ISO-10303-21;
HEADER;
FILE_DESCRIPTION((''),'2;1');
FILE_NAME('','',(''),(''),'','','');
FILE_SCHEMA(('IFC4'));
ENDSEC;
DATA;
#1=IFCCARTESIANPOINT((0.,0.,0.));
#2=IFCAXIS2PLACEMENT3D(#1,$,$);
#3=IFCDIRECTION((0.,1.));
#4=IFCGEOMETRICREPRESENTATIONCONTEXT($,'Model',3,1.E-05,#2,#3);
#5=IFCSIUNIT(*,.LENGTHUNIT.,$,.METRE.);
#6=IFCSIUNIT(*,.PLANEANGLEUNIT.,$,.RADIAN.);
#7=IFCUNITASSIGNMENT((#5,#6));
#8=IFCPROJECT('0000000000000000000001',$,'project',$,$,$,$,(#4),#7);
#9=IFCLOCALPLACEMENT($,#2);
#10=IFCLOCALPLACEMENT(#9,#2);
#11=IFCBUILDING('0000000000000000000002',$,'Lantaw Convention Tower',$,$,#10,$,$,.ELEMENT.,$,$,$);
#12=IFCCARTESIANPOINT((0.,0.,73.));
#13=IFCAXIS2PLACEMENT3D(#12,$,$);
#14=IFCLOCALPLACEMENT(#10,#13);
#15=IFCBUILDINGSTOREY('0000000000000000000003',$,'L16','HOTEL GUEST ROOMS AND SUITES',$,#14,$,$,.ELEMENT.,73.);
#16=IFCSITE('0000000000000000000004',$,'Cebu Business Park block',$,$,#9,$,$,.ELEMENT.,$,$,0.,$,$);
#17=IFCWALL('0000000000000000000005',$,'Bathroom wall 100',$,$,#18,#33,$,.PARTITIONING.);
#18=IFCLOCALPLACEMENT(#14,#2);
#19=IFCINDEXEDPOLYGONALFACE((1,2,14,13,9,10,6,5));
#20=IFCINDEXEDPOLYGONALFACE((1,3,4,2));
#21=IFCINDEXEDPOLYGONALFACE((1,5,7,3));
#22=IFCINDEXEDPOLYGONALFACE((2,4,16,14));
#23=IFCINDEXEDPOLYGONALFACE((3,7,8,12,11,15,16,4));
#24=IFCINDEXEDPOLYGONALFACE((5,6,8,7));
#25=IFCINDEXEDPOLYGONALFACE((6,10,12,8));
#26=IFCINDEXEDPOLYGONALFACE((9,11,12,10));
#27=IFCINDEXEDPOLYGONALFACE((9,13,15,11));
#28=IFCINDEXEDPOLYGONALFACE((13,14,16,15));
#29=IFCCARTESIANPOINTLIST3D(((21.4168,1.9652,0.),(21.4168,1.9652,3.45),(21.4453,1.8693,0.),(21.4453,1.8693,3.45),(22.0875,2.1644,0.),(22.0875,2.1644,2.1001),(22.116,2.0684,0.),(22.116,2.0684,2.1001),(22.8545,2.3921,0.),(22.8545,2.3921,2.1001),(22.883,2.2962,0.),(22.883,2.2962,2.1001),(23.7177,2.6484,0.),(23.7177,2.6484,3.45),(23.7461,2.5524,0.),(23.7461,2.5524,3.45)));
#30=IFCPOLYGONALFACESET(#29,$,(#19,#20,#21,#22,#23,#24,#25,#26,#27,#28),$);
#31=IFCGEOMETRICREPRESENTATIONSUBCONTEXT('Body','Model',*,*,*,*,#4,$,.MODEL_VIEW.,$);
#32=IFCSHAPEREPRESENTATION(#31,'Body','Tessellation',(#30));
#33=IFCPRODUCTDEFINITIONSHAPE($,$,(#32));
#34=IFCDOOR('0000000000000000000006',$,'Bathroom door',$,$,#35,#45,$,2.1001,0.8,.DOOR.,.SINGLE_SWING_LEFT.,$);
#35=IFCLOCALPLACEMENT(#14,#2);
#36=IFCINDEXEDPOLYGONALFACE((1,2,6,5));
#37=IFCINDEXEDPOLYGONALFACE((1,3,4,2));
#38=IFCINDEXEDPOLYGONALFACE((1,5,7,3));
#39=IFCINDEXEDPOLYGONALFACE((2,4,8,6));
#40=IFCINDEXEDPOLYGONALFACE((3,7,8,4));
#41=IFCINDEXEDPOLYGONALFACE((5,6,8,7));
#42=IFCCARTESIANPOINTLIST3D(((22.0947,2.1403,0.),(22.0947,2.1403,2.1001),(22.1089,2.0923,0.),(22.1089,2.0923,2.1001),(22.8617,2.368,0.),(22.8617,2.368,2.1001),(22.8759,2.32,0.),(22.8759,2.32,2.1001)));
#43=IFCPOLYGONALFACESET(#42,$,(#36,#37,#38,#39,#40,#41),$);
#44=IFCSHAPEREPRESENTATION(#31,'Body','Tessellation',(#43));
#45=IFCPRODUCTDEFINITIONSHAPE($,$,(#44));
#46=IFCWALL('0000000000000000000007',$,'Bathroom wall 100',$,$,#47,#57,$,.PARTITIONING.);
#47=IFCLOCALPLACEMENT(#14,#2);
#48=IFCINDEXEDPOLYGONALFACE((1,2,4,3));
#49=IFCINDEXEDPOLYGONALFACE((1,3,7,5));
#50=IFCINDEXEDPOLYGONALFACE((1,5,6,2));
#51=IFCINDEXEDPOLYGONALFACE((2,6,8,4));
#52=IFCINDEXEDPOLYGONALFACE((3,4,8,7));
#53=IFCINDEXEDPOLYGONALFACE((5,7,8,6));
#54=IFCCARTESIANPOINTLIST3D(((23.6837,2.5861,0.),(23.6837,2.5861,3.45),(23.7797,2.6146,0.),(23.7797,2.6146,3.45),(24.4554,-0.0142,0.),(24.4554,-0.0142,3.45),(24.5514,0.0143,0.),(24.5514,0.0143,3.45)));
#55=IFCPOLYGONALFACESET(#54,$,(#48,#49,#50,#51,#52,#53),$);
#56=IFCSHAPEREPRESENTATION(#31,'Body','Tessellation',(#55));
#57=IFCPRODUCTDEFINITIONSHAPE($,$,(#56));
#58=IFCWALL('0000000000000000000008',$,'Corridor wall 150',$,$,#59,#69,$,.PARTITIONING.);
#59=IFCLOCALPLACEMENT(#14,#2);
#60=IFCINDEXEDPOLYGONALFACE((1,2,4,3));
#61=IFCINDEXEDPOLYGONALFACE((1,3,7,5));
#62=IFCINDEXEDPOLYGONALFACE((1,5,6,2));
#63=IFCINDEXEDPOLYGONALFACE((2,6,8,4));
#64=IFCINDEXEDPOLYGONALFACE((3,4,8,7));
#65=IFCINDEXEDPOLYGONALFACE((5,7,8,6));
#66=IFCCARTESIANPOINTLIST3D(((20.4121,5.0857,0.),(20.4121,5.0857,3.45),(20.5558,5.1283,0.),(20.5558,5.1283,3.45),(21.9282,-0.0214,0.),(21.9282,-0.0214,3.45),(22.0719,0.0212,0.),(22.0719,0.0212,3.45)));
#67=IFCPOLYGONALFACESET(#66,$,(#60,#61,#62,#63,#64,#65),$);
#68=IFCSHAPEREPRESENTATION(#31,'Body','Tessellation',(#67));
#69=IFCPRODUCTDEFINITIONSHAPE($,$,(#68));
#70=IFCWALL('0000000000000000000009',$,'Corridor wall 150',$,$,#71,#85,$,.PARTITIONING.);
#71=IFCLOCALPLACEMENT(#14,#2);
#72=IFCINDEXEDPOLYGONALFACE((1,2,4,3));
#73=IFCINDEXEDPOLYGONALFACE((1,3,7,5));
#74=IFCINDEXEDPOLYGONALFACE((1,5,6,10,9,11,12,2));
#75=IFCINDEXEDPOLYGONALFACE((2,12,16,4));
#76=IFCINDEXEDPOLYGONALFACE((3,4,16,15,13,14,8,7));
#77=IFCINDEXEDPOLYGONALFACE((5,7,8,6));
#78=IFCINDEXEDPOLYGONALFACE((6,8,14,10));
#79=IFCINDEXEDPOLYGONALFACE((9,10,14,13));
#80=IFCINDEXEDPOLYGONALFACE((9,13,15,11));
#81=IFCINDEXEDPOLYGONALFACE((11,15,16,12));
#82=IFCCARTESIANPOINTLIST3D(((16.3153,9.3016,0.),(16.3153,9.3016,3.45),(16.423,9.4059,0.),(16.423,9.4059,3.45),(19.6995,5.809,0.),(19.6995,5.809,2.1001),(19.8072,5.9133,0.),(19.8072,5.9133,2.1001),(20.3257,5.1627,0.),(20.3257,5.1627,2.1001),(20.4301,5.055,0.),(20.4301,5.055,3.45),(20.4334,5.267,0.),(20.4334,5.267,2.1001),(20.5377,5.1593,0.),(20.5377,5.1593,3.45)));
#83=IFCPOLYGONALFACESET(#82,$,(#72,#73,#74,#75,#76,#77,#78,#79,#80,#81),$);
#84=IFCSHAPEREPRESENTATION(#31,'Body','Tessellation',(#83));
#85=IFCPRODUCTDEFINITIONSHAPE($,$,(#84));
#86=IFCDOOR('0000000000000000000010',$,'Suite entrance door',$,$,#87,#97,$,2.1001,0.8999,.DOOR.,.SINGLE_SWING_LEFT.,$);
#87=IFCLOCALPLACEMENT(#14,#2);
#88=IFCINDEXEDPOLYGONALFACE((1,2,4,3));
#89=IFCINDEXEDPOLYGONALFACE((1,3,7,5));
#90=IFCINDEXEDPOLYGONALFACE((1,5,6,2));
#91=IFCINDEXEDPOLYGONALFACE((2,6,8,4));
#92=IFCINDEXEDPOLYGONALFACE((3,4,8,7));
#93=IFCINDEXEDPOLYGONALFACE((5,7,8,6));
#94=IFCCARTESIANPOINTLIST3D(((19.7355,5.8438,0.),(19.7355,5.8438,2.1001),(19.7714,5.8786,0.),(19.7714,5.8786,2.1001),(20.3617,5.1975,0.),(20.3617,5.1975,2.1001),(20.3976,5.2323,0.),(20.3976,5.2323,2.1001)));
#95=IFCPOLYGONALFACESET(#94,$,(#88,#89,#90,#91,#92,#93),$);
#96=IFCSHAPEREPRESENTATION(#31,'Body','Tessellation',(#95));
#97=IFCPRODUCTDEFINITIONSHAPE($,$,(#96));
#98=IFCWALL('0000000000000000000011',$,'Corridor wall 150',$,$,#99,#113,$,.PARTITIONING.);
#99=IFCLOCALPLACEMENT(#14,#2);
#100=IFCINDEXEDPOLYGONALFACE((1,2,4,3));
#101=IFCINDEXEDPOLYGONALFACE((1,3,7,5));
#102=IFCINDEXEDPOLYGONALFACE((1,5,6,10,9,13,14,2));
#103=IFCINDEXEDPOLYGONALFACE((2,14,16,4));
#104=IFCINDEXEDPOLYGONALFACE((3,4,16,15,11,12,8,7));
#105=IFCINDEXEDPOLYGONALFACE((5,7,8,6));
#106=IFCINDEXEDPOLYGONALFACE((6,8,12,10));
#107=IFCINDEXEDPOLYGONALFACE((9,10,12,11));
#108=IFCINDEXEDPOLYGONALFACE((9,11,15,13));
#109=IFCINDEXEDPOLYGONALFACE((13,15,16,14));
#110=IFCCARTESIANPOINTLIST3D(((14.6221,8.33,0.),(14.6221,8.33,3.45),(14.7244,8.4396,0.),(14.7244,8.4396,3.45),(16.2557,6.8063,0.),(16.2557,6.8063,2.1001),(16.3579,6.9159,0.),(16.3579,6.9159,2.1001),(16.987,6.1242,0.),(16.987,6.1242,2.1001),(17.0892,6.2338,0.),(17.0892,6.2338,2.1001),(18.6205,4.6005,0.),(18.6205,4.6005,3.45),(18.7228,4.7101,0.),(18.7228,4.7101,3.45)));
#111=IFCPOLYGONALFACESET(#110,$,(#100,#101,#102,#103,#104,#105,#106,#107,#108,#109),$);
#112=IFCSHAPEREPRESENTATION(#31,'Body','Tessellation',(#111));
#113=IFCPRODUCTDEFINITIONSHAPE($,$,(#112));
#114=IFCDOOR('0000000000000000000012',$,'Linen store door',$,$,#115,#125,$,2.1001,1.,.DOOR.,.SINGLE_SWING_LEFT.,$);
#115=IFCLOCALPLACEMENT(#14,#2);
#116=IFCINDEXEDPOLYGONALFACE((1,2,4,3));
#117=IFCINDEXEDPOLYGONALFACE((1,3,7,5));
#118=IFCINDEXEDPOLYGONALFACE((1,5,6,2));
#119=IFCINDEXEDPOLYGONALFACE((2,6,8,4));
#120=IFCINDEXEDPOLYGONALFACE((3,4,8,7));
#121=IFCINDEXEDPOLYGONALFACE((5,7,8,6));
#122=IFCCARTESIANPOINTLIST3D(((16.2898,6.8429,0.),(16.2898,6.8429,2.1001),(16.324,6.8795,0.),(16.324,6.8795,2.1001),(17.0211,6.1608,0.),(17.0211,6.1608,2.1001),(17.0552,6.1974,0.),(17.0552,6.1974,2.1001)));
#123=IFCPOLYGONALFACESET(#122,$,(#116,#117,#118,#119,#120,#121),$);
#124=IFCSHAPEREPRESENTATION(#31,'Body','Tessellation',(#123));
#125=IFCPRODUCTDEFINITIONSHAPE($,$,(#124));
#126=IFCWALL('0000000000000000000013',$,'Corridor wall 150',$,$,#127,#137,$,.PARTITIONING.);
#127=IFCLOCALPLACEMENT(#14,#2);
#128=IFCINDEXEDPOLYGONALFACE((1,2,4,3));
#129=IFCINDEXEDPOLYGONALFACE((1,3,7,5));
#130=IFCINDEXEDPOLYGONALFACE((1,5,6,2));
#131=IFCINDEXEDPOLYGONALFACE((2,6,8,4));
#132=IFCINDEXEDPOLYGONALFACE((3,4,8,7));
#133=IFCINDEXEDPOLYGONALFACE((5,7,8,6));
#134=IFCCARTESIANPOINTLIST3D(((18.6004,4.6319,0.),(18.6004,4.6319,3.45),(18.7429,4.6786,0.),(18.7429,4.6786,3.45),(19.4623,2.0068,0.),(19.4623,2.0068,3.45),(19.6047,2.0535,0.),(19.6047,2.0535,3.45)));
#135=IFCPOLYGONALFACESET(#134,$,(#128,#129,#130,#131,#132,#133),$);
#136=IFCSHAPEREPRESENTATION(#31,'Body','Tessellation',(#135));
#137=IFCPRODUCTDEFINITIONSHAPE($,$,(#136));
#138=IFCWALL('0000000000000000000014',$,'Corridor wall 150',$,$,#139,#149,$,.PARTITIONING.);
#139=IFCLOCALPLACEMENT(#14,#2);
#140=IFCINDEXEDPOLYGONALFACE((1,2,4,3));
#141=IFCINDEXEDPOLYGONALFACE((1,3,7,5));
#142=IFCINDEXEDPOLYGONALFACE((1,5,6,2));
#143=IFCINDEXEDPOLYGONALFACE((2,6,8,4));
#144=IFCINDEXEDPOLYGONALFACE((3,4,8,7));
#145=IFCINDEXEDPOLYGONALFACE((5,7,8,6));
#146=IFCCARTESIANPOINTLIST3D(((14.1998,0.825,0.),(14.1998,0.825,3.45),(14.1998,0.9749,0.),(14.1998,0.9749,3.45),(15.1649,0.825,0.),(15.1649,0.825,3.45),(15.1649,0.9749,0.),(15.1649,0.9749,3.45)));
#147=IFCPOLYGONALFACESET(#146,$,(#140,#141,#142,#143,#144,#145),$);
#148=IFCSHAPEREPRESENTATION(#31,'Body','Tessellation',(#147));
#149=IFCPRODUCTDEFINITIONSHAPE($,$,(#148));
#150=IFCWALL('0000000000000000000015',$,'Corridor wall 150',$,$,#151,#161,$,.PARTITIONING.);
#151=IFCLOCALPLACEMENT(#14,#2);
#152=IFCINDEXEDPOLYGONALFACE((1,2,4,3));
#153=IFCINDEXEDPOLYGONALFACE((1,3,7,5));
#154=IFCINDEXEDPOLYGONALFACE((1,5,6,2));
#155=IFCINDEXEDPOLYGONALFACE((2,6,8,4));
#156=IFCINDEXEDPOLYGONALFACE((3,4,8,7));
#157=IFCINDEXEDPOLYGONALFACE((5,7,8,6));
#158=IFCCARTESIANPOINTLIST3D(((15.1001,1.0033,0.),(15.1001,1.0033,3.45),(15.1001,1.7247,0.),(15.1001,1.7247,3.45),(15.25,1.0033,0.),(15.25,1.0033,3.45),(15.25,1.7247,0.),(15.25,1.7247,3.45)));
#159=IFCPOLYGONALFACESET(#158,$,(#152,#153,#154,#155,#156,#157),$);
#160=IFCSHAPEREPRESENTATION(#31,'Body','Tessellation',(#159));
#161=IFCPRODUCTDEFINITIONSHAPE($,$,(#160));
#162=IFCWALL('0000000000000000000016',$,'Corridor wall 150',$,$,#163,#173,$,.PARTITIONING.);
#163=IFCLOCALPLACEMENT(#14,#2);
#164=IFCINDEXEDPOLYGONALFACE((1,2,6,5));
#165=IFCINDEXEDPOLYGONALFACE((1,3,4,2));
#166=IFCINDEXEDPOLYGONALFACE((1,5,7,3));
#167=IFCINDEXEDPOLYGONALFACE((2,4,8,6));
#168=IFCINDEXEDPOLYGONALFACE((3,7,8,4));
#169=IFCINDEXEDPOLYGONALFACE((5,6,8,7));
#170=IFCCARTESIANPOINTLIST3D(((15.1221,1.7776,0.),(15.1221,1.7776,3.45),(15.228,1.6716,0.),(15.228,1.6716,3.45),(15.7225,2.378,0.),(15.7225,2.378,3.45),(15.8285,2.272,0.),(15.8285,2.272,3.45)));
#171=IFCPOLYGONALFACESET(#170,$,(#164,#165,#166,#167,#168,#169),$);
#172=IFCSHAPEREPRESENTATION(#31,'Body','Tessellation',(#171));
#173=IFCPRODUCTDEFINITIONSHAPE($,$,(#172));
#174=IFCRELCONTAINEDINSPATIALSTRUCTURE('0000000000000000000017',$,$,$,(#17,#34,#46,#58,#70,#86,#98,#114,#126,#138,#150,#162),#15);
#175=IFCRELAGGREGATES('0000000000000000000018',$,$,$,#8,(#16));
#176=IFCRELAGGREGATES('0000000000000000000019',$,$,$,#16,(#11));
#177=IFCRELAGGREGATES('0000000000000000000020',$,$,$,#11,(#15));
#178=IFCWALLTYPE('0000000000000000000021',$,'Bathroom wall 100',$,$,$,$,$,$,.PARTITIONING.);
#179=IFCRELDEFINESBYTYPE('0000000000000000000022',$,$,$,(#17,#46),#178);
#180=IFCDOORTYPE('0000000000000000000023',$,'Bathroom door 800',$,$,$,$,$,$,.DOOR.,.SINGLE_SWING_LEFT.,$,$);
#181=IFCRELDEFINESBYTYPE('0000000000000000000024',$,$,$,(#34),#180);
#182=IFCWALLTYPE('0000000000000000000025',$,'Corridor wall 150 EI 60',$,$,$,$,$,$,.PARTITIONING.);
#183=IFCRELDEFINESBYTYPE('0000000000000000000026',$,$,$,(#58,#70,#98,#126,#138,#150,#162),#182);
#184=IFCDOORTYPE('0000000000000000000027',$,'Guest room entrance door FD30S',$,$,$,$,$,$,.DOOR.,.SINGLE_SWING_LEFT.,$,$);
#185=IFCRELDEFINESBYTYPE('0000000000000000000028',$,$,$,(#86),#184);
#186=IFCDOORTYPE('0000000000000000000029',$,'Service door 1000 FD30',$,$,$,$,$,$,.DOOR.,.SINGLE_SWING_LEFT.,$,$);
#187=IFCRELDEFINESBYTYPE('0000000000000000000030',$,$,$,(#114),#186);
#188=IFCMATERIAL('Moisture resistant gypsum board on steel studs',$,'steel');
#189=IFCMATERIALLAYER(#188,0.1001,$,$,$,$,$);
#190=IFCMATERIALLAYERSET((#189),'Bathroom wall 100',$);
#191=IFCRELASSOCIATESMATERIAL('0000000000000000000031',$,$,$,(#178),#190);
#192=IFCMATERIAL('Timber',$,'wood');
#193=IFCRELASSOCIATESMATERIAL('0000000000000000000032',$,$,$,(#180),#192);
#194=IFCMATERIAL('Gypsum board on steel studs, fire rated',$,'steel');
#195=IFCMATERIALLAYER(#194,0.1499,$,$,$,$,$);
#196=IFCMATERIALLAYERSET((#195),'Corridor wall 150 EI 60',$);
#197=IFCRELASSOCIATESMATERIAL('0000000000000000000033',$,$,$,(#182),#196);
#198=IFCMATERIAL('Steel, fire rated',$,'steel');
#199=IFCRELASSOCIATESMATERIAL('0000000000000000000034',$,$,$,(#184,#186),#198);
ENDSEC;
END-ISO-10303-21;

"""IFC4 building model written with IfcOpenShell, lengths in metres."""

from ifc_helpers import new_model, si_unit, direction, frame, frame_2d, origin, place, context, subcontext, project, spatial, rectangle, extrude, material, layer, layer_set, type_object, element, fill, save


model = new_model("IFC4")

# Units and contexts
model_context = context("Model", 3, precision=1e-05, world=origin(), true_north=direction((0.0, 1.0)))
body_context = subcontext(model_context, "Body", "Model", "MODEL_VIEW")
ifc_project = project(units=[si_unit("LENGTHUNIT", "METRE"), si_unit("PLANEANGLEUNIT", "RADIAN")], contexts=[model_context])

# Site, building, storey
site_placement = place(None, origin())
site = spatial("IfcSite", under=ifc_project, at=site_placement, Name="Cebu Business Park block", CompositionType="ELEMENT", RefElevation=0.0)
building_placement = place(site_placement, origin())
building = spatial("IfcBuilding", under=site, at=building_placement, Name="Lantaw Convention Tower", CompositionType="ELEMENT")
storey_placement = place(building_placement, frame((0.0, 0.0, 73.0)))
storey = spatial("IfcBuildingStorey", under=building, at=storey_placement, Name="L16", Description="HOTEL GUEST ROOMS AND SUITES", CompositionType="ELEMENT", Elevation=73.0)

# Wall, opening, door
ifc_material_1 = material(Name="Moisture resistant gypsum board on steel studs", Category="steel")
ifc_layer_1 = layer(ifc_material_1, 0.1001)
ifc_layer_set_1 = layer_set([ifc_layer_1], Name="Bathroom wall 100")
wall_type_1 = type_object("IfcWallType", Name="Bathroom wall 100", PredefinedType="PARTITIONING", material=ifc_layer_set_1)
wall_1_placement = place(storey_placement, frame((21.4309, 1.9172, 0.0), z_axis=(0.0, 0.0, 1.0), x_axis=(0.95864, 0.284622, 0.0)))
wall_1 = element("IfcWall", 1, at=wall_1_placement, inside=storey, type_object=wall_type_1, Name="Bathroom wall 100", PredefinedType="PARTITIONING", context=body_context, shape_type="SweptSolid", body=[
    extrude(rectangle(XDim=2.4001, YDim=0.1001, at=frame_2d((1.2002, 0.0))), origin(), (0.0, 0.0, 1.0), 3.45),
])
opening_1_placement = place(wall_1_placement, frame((0.7, 0.0, 0.0)))
opening_1 = element("IfcOpeningElement", 2, at=opening_1_placement, cuts=wall_1, PredefinedType="OPENING", context=body_context, shape_type="SweptSolid", body=[
    extrude(rectangle(XDim=0.8, YDim=2.1001, at=frame_2d((0.3999, 1.05))), frame((0.0, 0.0601, 0.0), z_axis=(0.0, -1.0, 0.0), x_axis=(1.0, 0.0, 0.0)), (0.0, 0.0, 1.0), 0.1201),
])
ifc_material_2 = material(Name="Timber", Category="wood")
door_type_1 = type_object("IfcDoorType", Name="Bathroom door 800", OperationType="SINGLE_SWING_LEFT", PredefinedType="DOOR", material=ifc_material_2)
door_1_placement = place(opening_1_placement, origin())
door_1 = element("IfcDoor", 3, at=door_1_placement, inside=storey, type_object=door_type_1, Name="Bathroom door", OperationType="SINGLE_SWING_LEFT", OverallHeight=2.1001, OverallWidth=0.8, PredefinedType="DOOR", context=body_context, shape_type="SweptSolid", body=[
    extrude(rectangle(XDim=0.8, YDim=2.1001, at=frame_2d((0.3999, 1.05))), frame((0.0, 0.0249, 0.0), z_axis=(0.0, -1.0, 0.0), x_axis=(1.0, 0.0, 0.0)), (0.0, 0.0, 1.0), 0.05),
])
fill(opening_1, door_1)

# Walls
wall_2_placement = place(storey_placement, frame((23.7317, 2.6003, 0.0), z_axis=(0.0, 0.0, 1.0), x_axis=(0.284514, -0.958672, 0.0)))
element("IfcWall", 4, at=wall_2_placement, inside=storey, type_object=wall_type_1, Name="Bathroom wall 100", PredefinedType="PARTITIONING", context=body_context, shape_type="SweptSolid", body=[
    extrude(rectangle(XDim=2.7124, YDim=0.1001, at=frame_2d((1.3562, 0.0))), origin(), (0.0, 0.0, 1.0), 3.45),
])
ifc_material_3 = material(Name="Gypsum board on steel studs, fire rated", Category="steel")
ifc_layer_2 = layer(ifc_material_3, 0.1499)
ifc_layer_set_2 = layer_set([ifc_layer_2], Name="Corridor wall 150 EI 60")
wall_type_2 = type_object("IfcWallType", Name="Corridor wall 150 EI 60", PredefinedType="PARTITIONING", material=ifc_layer_set_2)
wall_3_placement = place(storey_placement, frame((22.0, 0.0, 0.0), z_axis=(0.0, 0.0, 1.0), x_axis=(-0.284584, 0.958651, 0.0)))
element("IfcWall", 5, at=wall_3_placement, inside=storey, type_object=wall_type_2, Name="Corridor wall 150", PredefinedType="PARTITIONING", context=body_context, shape_type="SweptSolid", body=[
    extrude(rectangle(XDim=5.3274, YDim=0.1499, at=frame_2d((2.6636, 0.0))), origin(), (0.0, 0.0, 1.0), 3.45),
])

# Walls, openings, doors
wall_4_placement = place(storey_placement, frame((20.4839, 5.1072, 0.0), z_axis=(0.0, 0.0, 1.0), x_axis=(-0.695871, 0.718167, 0.0)))
wall_4 = element("IfcWall", 6, at=wall_4_placement, inside=storey, type_object=wall_type_2, Name="Corridor wall 150", PredefinedType="PARTITIONING", context=body_context, shape_type="SweptSolid", body=[
    extrude(rectangle(XDim=5.9131, YDim=0.1499, at=frame_2d((2.9565, 0.0))), origin(), (0.0, 0.0, 1.0), 3.45),
])
opening_2_placement = place(wall_4_placement, frame((0.1499, 0.0, 0.0)))
opening_2 = element("IfcOpeningElement", 7, at=opening_2_placement, cuts=wall_4, PredefinedType="OPENING", context=body_context, shape_type="SweptSolid", body=[
    extrude(rectangle(XDim=0.8999, YDim=2.1001, at=frame_2d((0.45, 1.05))), frame((0.0, 0.085, 0.0), z_axis=(0.0, -1.0, 0.0), x_axis=(1.0, 0.0, 0.0)), (0.0, 0.0, 1.0), 0.1699),
])
ifc_material_4 = material(Name="Steel, fire rated", Category="steel")
door_type_2 = type_object("IfcDoorType", Name="Guest room entrance door FD30S", OperationType="SINGLE_SWING_LEFT", PredefinedType="DOOR", material=ifc_material_4)
door_2_placement = place(opening_2_placement, origin())
door_2 = element("IfcDoor", 8, at=door_2_placement, inside=storey, type_object=door_type_2, Name="Suite entrance door", OperationType="SINGLE_SWING_LEFT", OverallHeight=2.1001, OverallWidth=0.8999, PredefinedType="DOOR", context=body_context, shape_type="SweptSolid", body=[
    extrude(rectangle(XDim=0.8999, YDim=2.1001, at=frame_2d((0.45, 1.05))), frame((0.0, 0.0249, 0.0), z_axis=(0.0, -1.0, 0.0), x_axis=(1.0, 0.0, 0.0)), (0.0, 0.0, 1.0), 0.05),
])
fill(opening_2, door_2)
wall_5_placement = place(storey_placement, frame((18.6716, 4.6553, 0.0), z_axis=(0.0, 0.0, 1.0), x_axis=(-0.73126, 0.682099, 0.0)))
wall_5 = element("IfcWall", 9, at=wall_5_placement, inside=storey, type_object=wall_type_2, Name="Corridor wall 150", PredefinedType="PARTITIONING", context=body_context, shape_type="SweptSolid", body=[
    extrude(rectangle(XDim=5.4678, YDim=0.1499, at=frame_2d((2.7339, 0.0))), origin(), (0.0, 0.0, 1.0), 3.45),
])
opening_3_placement = place(wall_5_placement, frame((2.2339, 0.0, 0.0)))
opening_3 = element("IfcOpeningElement", 10, at=opening_3_placement, cuts=wall_5, PredefinedType="OPENING", context=body_context, shape_type="SweptSolid", body=[
    extrude(rectangle(XDim=1.0, YDim=2.1001, at=frame_2d((0.5, 1.05))), frame((0.0, 0.085, 0.0), z_axis=(0.0, -1.0, 0.0), x_axis=(1.0, 0.0, 0.0)), (0.0, 0.0, 1.0), 0.1699),
])
door_type_3 = type_object("IfcDoorType", Name="Service door 1000 FD30", OperationType="SINGLE_SWING_LEFT", PredefinedType="DOOR", material=ifc_material_4)
door_3_placement = place(opening_3_placement, origin())
door_3 = element("IfcDoor", 11, at=door_3_placement, inside=storey, type_object=door_type_3, Name="Linen store door", OperationType="SINGLE_SWING_LEFT", OverallHeight=2.1001, OverallWidth=1.0, PredefinedType="DOOR", context=body_context, shape_type="SweptSolid", body=[
    extrude(rectangle(XDim=1.0, YDim=2.1001, at=frame_2d((0.5, 1.05))), frame((0.0, 0.0249, 0.0), z_axis=(0.0, -1.0, 0.0), x_axis=(1.0, 0.0, 0.0)), (0.0, 0.0, 1.0), 0.05),
])
fill(opening_3, door_3)

# Walls
wall_6_placement = place(storey_placement, frame((19.5334, 2.0303, 0.0), z_axis=(0.0, 0.0, 1.0), x_axis=(-0.31193, 0.950105, 0.0)))
element("IfcWall", 12, at=wall_6_placement, inside=storey, type_object=wall_type_2, Name="Corridor wall 150", PredefinedType="PARTITIONING", context=body_context, shape_type="SweptSolid", body=[
    extrude(rectangle(XDim=2.7629, YDim=0.1499, at=frame_2d((1.3813, 0.0))), origin(), (0.0, 0.0, 1.0), 3.45),
])
wall_7_placement = place(storey_placement, frame((14.2, 0.8999, 0.0), z_axis=(0.0, 0.0, 1.0), x_axis=(1.0, 0.0, 0.0)))
element("IfcWall", 13, at=wall_7_placement, inside=storey, type_object=wall_type_2, Name="Corridor wall 150", PredefinedType="PARTITIONING", context=body_context, shape_type="SweptSolid", body=[
    extrude(rectangle(XDim=0.9651, YDim=0.1499, at=frame_2d((0.4824, 0.0))), origin(), (0.0, 0.0, 1.0), 3.45),
])
wall_8_placement = place(storey_placement, frame((15.175, 1.0032, 0.0), z_axis=(0.0, 0.0, 1.0), x_axis=(0.0, 1.0, 0.0)))
element("IfcWall", 14, at=wall_8_placement, inside=storey, type_object=wall_type_2, Name="Corridor wall 150", PredefinedType="PARTITIONING", context=body_context, shape_type="SweptSolid", body=[
    extrude(rectangle(XDim=0.7214, YDim=0.1499, at=frame_2d((0.3608, 0.0))), origin(), (0.0, 0.0, 1.0), 3.45),
])
wall_9_placement = place(storey_placement, frame((15.175, 1.7246, 0.0), z_axis=(0.0, 0.0, 1.0), x_axis=(0.707107, 0.707107, 0.0)))
element("IfcWall", 15, at=wall_9_placement, inside=storey, type_object=wall_type_2, Name="Corridor wall 150", PredefinedType="PARTITIONING", context=body_context, shape_type="SweptSolid", body=[
    extrude(rectangle(XDim=0.8491, YDim=0.1499, at=frame_2d((0.4246, 0.0))), origin(), (0.0, 0.0, 1.0), 3.45),
])

save(model, "model.ifc")
